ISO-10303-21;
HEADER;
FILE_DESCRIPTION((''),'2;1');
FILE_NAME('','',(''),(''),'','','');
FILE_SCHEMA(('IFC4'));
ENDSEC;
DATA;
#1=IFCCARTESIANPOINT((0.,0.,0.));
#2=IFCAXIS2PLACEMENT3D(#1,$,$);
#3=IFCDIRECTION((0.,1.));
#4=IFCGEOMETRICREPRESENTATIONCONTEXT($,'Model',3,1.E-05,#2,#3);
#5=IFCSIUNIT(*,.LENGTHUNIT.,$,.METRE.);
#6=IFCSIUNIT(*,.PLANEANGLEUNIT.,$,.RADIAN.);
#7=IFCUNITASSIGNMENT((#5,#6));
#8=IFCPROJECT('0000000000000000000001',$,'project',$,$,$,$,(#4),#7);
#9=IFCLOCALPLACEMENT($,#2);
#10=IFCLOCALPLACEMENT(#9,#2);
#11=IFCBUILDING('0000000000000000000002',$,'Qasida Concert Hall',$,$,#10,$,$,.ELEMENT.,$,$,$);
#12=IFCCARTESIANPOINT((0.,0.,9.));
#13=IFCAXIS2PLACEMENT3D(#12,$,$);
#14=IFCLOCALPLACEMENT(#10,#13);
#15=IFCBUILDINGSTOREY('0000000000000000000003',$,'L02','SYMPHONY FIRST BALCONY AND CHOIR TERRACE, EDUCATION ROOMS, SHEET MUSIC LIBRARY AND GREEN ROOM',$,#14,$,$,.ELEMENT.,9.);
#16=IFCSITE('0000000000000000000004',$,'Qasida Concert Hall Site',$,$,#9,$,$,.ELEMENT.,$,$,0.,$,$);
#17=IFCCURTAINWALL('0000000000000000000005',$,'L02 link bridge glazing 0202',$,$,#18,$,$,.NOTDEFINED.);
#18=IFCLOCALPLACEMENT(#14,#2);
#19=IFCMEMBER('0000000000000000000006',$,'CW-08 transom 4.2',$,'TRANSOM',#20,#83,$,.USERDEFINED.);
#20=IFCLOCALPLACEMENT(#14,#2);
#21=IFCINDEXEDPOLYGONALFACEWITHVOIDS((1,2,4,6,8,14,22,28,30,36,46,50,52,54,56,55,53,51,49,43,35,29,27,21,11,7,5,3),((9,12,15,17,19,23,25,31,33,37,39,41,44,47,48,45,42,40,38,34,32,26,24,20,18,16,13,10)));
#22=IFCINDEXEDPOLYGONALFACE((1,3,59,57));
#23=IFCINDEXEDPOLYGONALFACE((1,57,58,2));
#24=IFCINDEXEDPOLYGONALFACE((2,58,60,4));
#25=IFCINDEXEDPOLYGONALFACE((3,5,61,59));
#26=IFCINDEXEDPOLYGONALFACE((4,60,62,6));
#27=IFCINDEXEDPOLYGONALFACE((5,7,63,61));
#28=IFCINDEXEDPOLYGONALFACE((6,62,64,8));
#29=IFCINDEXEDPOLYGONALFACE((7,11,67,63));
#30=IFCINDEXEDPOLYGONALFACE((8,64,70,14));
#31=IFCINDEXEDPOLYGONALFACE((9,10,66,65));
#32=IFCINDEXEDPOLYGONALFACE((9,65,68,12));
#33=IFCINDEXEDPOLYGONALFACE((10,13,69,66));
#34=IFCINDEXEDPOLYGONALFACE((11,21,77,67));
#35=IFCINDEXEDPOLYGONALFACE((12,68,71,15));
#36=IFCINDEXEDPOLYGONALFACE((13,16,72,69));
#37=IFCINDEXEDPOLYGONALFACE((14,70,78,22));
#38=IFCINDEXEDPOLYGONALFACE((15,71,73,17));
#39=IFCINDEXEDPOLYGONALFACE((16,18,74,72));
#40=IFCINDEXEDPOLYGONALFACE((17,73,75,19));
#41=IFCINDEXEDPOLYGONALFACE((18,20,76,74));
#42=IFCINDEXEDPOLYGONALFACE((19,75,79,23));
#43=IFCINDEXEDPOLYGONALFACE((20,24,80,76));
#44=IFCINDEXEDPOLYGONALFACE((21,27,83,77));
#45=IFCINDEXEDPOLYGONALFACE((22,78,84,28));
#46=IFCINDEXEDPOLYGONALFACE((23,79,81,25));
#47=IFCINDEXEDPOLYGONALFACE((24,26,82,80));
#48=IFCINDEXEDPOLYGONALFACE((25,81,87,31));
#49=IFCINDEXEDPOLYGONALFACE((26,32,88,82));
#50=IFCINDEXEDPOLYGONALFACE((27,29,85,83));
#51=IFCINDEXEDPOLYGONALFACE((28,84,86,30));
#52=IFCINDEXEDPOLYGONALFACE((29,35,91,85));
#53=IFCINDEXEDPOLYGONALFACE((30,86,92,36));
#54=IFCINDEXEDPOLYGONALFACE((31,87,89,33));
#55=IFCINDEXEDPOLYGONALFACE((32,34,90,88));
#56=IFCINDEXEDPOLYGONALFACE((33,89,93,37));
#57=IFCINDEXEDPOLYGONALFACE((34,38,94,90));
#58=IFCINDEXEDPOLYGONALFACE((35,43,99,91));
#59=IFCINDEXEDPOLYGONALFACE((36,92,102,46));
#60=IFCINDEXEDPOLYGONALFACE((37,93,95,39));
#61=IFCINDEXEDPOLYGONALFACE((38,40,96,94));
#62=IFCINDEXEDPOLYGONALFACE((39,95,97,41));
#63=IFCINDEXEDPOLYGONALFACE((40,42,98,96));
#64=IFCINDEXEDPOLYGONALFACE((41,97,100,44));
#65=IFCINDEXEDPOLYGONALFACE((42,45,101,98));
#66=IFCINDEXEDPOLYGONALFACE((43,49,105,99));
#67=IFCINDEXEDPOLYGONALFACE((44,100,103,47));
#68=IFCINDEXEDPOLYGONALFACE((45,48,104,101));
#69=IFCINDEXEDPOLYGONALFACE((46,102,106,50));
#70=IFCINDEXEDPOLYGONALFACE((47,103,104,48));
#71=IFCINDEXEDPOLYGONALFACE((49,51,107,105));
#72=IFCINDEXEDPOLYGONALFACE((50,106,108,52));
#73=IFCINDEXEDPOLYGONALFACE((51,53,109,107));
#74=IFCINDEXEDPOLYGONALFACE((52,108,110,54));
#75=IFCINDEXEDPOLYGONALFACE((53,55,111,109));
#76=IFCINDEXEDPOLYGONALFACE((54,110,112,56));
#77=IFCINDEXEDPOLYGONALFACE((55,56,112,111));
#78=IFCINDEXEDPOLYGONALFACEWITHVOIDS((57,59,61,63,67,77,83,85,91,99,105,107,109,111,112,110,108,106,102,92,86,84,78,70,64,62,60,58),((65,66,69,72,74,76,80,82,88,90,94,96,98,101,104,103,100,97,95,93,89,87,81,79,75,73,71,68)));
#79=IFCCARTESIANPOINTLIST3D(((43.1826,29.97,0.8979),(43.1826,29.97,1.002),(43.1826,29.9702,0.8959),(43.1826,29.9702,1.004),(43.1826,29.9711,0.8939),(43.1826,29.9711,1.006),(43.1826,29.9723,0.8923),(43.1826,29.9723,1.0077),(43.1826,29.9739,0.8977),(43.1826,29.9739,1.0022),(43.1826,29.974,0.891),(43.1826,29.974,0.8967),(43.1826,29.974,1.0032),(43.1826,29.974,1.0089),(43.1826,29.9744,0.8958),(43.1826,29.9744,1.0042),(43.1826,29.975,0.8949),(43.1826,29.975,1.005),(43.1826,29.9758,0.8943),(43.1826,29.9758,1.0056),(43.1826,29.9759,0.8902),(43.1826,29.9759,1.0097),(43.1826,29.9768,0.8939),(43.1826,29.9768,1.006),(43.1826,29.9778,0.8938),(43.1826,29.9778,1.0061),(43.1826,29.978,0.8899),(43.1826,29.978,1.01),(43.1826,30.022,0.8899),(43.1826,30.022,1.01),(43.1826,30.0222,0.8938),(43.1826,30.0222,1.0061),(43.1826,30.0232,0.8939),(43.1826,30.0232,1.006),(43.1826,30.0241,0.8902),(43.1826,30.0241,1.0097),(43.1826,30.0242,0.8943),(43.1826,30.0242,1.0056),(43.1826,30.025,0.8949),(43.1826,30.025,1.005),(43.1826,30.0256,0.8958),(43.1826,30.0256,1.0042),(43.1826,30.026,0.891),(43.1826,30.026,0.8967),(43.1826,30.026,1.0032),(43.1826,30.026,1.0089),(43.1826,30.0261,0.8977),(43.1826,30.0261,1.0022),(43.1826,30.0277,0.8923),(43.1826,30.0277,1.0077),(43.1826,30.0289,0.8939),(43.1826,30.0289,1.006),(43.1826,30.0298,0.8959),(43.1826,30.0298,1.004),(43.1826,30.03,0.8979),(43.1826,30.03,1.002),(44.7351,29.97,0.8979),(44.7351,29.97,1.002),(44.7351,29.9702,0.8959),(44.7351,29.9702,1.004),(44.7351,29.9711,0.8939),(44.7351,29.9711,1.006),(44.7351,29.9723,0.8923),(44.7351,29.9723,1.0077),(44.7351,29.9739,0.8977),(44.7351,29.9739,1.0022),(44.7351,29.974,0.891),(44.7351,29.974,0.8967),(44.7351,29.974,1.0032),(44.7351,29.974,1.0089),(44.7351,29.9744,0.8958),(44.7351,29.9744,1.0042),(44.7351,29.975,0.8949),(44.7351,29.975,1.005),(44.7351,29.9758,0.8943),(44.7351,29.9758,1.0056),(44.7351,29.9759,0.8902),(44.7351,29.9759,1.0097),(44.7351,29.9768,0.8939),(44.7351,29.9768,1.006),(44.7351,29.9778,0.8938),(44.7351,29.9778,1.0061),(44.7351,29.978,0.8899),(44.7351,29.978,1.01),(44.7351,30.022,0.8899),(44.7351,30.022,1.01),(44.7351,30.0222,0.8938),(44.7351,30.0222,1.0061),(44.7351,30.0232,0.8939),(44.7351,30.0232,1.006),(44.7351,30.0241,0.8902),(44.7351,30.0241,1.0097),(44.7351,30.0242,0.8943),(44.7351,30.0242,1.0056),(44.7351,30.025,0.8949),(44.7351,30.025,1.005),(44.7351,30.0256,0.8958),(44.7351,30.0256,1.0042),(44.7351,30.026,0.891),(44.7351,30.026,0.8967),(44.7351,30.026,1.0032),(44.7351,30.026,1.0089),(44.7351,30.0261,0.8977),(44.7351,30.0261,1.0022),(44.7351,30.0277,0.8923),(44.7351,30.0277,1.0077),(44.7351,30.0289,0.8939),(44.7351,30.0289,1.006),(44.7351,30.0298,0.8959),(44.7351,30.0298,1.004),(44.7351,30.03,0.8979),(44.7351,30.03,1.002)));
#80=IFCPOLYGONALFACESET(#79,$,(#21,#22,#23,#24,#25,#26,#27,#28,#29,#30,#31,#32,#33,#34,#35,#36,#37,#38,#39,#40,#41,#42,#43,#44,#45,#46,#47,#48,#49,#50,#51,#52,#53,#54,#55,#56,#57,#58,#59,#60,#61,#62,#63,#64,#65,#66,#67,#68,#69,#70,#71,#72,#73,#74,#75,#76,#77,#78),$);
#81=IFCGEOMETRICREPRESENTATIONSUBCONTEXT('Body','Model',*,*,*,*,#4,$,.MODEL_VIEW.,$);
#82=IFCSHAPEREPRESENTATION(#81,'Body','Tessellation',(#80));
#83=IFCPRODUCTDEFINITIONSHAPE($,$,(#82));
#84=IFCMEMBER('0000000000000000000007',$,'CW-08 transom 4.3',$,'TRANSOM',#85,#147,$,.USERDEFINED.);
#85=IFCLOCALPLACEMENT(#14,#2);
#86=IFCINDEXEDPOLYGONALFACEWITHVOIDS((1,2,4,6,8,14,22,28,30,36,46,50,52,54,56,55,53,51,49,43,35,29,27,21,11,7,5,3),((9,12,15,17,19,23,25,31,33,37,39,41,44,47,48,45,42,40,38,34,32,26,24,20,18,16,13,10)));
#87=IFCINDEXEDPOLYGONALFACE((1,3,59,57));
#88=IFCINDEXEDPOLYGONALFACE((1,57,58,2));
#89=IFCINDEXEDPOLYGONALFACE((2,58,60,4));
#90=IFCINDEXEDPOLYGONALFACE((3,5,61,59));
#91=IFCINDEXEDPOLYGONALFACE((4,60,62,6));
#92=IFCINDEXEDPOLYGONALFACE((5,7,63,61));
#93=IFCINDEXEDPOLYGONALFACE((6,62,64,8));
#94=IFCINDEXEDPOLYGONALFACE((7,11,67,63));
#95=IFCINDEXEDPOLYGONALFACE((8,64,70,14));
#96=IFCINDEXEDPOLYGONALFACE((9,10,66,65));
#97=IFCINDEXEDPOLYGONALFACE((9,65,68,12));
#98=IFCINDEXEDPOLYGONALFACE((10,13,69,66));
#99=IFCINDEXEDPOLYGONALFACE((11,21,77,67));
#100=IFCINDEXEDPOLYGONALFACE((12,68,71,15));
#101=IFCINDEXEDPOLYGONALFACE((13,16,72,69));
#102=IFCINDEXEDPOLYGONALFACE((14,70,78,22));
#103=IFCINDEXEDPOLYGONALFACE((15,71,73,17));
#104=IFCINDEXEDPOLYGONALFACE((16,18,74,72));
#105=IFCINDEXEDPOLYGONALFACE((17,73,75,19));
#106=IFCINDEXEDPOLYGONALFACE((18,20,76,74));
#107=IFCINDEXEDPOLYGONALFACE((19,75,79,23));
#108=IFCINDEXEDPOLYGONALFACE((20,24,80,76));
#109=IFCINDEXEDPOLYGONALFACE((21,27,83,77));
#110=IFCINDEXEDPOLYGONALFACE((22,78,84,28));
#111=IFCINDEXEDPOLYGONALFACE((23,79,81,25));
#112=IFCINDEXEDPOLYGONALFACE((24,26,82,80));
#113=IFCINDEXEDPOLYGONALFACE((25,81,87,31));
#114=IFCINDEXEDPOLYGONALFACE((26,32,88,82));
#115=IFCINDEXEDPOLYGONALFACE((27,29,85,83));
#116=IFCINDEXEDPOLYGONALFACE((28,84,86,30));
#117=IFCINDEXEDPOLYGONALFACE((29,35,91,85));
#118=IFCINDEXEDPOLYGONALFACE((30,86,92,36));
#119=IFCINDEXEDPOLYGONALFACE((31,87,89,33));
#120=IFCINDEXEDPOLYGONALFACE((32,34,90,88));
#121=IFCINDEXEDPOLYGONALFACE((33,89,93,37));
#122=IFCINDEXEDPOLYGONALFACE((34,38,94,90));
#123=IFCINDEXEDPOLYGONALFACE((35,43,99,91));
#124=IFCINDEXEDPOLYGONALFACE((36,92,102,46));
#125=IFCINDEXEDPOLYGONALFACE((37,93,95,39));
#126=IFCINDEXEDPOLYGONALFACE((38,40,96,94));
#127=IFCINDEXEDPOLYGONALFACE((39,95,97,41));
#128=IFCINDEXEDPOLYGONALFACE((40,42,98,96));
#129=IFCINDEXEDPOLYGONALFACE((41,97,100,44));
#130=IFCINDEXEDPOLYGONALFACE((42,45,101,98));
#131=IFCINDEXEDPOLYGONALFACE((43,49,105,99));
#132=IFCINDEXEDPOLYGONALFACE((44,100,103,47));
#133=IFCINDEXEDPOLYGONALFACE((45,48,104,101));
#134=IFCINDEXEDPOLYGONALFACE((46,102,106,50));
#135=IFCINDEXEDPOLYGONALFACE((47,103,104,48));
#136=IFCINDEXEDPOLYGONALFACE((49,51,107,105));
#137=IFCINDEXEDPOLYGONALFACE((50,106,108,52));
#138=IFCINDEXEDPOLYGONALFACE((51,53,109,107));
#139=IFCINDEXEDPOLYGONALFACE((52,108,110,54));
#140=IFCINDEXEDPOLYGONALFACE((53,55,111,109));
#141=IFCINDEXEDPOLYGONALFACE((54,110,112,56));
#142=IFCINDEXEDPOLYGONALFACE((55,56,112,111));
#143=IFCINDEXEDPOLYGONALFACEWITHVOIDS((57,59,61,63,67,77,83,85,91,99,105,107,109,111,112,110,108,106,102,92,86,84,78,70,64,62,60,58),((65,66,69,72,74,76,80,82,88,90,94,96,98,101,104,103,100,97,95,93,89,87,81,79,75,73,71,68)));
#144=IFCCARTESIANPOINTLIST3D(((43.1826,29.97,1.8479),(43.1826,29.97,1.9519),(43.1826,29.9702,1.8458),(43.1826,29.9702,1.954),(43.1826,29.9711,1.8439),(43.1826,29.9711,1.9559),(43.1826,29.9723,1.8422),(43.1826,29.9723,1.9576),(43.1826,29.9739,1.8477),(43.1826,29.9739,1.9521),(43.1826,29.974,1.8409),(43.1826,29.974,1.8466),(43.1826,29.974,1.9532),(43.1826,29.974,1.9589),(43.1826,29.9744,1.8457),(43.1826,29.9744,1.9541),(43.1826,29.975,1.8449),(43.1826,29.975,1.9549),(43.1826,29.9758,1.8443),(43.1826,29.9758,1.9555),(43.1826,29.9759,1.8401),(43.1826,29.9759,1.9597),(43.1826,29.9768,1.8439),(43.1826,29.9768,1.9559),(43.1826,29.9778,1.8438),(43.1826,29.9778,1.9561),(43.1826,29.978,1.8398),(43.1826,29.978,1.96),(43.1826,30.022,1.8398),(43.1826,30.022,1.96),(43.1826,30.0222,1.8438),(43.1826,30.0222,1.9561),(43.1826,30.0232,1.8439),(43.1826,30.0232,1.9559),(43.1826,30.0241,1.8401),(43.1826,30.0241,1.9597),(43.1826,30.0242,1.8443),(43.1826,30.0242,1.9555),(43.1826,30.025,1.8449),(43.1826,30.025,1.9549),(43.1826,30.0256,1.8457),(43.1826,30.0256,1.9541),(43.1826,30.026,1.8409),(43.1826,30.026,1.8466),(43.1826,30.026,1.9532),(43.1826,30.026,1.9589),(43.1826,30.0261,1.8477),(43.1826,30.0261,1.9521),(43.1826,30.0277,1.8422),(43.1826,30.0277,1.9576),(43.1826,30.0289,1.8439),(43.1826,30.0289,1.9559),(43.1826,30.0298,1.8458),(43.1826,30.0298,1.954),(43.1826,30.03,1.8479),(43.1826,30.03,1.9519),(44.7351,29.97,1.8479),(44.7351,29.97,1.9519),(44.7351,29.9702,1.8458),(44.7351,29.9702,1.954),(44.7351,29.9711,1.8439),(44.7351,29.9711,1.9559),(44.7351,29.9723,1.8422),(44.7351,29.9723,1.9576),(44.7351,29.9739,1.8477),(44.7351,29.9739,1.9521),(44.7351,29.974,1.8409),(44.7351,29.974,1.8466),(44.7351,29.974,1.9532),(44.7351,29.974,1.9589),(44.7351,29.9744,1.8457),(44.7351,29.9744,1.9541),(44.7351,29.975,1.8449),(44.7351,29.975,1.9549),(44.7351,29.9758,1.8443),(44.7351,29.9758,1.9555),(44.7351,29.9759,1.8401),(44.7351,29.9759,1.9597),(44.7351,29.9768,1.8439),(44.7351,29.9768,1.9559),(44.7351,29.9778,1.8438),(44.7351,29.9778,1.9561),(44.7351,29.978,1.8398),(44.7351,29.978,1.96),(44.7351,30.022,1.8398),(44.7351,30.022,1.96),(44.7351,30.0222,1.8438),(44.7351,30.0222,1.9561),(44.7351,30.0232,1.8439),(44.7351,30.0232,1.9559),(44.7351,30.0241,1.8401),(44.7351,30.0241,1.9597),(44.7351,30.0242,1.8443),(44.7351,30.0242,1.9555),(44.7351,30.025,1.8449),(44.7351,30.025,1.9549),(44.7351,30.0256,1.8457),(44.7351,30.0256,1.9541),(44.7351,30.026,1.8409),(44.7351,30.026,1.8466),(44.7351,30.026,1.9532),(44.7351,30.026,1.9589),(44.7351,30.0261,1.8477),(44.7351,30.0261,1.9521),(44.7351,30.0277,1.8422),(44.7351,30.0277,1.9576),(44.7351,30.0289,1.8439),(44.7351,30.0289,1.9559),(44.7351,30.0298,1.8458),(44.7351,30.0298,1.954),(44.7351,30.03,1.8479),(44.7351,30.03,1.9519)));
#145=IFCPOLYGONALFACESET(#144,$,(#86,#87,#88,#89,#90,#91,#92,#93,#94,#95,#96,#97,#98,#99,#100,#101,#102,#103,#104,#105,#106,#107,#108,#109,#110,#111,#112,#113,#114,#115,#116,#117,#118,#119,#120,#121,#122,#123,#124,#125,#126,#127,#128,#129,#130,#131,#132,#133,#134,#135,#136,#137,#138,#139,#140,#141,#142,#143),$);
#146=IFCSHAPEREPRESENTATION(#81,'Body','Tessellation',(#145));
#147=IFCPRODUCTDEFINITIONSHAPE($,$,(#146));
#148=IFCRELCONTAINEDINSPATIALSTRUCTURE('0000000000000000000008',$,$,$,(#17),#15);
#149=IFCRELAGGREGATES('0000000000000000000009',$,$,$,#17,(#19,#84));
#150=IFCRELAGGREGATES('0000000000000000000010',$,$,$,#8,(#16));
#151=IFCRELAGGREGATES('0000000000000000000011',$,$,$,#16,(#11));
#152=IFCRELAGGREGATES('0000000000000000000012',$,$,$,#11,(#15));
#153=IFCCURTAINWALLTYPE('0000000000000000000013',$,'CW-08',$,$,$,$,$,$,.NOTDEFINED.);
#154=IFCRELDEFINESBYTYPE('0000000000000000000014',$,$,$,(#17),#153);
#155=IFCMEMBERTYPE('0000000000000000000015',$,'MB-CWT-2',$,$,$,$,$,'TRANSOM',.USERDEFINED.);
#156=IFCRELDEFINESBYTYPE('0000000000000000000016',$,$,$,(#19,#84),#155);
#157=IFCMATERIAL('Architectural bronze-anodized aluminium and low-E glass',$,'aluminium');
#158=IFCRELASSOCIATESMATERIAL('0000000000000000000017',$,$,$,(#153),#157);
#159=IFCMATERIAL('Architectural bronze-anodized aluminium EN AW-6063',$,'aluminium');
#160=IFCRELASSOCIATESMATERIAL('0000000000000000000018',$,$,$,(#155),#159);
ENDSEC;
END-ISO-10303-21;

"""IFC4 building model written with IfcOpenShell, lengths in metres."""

from ifc_helpers import new_model, si_unit, direction, frame, origin, origin_2d, place, context, subcontext, project, spatial, hollow_rectangle, extrude, material, material_profile, profile_set, type_object, element, aggregate, save


model = new_model("IFC4")

# Units and contexts
model_context = context("Model", 3, precision=1e-05, world=origin(), true_north=direction((0.0, 1.0)))
body_context = subcontext(model_context, "Body", "Model", "MODEL_VIEW")
ifc_project = project(units=[si_unit("LENGTHUNIT", "METRE"), si_unit("PLANEANGLEUNIT", "RADIAN")], contexts=[model_context])

# Site, building, storey
site_placement = place(None, origin())
site = spatial("IfcSite", under=ifc_project, at=site_placement, Name="Qasida Concert Hall Site", CompositionType="ELEMENT", RefElevation=0.0)
building_placement = place(site_placement, origin())
building = spatial("IfcBuilding", under=site, at=building_placement, Name="Qasida Concert Hall", CompositionType="ELEMENT")
storey_placement = place(building_placement, frame((0.0, 0.0, 9.0)))
storey = spatial("IfcBuildingStorey", under=building, at=storey_placement, Name="L02", Description="SYMPHONY FIRST BALCONY AND CHOIR TERRACE, EDUCATION ROOMS, SHEET MUSIC LIBRARY AND GREEN ROOM", CompositionType="ELEMENT", Elevation=9.0)

# Curtain wall, members
ifc_material_1 = material(Name="Architectural bronze-anodized aluminium and low-E glass", Category="aluminium")
curtain_wall_type = type_object("IfcCurtainWallType", Name="CW-08", PredefinedType="NOTDEFINED", material=ifc_material_1)
curtain_wall_placement = place(storey_placement, origin())
curtain_wall = element("IfcCurtainWall", 1, at=curtain_wall_placement, inside=storey, type_object=curtain_wall_type, Name="L02 link bridge glazing 0202", PredefinedType="NOTDEFINED")
ifc_material_2 = material(Name="Architectural bronze-anodized aluminium EN AW-6063", Category="aluminium")
ifc_material_profile_1 = material_profile(ifc_material_2, hollow_rectangle(XDim=0.0601, YDim=0.1201, WallThickness=0.0039, InnerFilletRadius=0.0039, OuterFilletRadius=0.0081, at=origin_2d()), Name="CWT 120x60x4")
ifc_profile_set_1 = profile_set([ifc_material_profile_1], Name="Architectural bronze-anodized aluminium EN AW-6063")
member_type_1 = type_object("IfcMemberType", Name="MB-CWT-2", ElementType="TRANSOM", PredefinedType="USERDEFINED", material=ifc_profile_set_1)
member_1_placement = place(storey_placement, frame((43.1826, 30.0, 0.95), z_axis=(1.0, 0.0, 0.0), x_axis=(0.0, 1.0, 0.0)))
member_1 = element("IfcMember", 2, at=member_1_placement, type_object=member_type_1, Name="CW-08 transom 4.2", ObjectType="TRANSOM", PredefinedType="USERDEFINED", context=body_context, shape_type="SweptSolid", body=[
    extrude(hollow_rectangle(XDim=0.0601, YDim=0.1201, WallThickness=0.0039, InnerFilletRadius=0.0039, OuterFilletRadius=0.0081, at=origin_2d()), origin(), (0.0, 0.0, 1.0), 1.5525),
])
member_2_placement = place(storey_placement, frame((43.1826, 30.0, 1.8999), z_axis=(1.0, 0.0, 0.0), x_axis=(0.0, 1.0, 0.0)))
member_2 = element("IfcMember", 3, at=member_2_placement, type_object=member_type_1, Name="CW-08 transom 4.3", ObjectType="TRANSOM", PredefinedType="USERDEFINED", context=body_context, shape_type="SweptSolid", body=[
    extrude(hollow_rectangle(XDim=0.0601, YDim=0.1201, WallThickness=0.0039, InnerFilletRadius=0.0039, OuterFilletRadius=0.0081, at=origin_2d()), origin(), (0.0, 0.0, 1.0), 1.5525),
])
aggregate(curtain_wall, [member_1, member_2])

save(model, "model.ifc")
